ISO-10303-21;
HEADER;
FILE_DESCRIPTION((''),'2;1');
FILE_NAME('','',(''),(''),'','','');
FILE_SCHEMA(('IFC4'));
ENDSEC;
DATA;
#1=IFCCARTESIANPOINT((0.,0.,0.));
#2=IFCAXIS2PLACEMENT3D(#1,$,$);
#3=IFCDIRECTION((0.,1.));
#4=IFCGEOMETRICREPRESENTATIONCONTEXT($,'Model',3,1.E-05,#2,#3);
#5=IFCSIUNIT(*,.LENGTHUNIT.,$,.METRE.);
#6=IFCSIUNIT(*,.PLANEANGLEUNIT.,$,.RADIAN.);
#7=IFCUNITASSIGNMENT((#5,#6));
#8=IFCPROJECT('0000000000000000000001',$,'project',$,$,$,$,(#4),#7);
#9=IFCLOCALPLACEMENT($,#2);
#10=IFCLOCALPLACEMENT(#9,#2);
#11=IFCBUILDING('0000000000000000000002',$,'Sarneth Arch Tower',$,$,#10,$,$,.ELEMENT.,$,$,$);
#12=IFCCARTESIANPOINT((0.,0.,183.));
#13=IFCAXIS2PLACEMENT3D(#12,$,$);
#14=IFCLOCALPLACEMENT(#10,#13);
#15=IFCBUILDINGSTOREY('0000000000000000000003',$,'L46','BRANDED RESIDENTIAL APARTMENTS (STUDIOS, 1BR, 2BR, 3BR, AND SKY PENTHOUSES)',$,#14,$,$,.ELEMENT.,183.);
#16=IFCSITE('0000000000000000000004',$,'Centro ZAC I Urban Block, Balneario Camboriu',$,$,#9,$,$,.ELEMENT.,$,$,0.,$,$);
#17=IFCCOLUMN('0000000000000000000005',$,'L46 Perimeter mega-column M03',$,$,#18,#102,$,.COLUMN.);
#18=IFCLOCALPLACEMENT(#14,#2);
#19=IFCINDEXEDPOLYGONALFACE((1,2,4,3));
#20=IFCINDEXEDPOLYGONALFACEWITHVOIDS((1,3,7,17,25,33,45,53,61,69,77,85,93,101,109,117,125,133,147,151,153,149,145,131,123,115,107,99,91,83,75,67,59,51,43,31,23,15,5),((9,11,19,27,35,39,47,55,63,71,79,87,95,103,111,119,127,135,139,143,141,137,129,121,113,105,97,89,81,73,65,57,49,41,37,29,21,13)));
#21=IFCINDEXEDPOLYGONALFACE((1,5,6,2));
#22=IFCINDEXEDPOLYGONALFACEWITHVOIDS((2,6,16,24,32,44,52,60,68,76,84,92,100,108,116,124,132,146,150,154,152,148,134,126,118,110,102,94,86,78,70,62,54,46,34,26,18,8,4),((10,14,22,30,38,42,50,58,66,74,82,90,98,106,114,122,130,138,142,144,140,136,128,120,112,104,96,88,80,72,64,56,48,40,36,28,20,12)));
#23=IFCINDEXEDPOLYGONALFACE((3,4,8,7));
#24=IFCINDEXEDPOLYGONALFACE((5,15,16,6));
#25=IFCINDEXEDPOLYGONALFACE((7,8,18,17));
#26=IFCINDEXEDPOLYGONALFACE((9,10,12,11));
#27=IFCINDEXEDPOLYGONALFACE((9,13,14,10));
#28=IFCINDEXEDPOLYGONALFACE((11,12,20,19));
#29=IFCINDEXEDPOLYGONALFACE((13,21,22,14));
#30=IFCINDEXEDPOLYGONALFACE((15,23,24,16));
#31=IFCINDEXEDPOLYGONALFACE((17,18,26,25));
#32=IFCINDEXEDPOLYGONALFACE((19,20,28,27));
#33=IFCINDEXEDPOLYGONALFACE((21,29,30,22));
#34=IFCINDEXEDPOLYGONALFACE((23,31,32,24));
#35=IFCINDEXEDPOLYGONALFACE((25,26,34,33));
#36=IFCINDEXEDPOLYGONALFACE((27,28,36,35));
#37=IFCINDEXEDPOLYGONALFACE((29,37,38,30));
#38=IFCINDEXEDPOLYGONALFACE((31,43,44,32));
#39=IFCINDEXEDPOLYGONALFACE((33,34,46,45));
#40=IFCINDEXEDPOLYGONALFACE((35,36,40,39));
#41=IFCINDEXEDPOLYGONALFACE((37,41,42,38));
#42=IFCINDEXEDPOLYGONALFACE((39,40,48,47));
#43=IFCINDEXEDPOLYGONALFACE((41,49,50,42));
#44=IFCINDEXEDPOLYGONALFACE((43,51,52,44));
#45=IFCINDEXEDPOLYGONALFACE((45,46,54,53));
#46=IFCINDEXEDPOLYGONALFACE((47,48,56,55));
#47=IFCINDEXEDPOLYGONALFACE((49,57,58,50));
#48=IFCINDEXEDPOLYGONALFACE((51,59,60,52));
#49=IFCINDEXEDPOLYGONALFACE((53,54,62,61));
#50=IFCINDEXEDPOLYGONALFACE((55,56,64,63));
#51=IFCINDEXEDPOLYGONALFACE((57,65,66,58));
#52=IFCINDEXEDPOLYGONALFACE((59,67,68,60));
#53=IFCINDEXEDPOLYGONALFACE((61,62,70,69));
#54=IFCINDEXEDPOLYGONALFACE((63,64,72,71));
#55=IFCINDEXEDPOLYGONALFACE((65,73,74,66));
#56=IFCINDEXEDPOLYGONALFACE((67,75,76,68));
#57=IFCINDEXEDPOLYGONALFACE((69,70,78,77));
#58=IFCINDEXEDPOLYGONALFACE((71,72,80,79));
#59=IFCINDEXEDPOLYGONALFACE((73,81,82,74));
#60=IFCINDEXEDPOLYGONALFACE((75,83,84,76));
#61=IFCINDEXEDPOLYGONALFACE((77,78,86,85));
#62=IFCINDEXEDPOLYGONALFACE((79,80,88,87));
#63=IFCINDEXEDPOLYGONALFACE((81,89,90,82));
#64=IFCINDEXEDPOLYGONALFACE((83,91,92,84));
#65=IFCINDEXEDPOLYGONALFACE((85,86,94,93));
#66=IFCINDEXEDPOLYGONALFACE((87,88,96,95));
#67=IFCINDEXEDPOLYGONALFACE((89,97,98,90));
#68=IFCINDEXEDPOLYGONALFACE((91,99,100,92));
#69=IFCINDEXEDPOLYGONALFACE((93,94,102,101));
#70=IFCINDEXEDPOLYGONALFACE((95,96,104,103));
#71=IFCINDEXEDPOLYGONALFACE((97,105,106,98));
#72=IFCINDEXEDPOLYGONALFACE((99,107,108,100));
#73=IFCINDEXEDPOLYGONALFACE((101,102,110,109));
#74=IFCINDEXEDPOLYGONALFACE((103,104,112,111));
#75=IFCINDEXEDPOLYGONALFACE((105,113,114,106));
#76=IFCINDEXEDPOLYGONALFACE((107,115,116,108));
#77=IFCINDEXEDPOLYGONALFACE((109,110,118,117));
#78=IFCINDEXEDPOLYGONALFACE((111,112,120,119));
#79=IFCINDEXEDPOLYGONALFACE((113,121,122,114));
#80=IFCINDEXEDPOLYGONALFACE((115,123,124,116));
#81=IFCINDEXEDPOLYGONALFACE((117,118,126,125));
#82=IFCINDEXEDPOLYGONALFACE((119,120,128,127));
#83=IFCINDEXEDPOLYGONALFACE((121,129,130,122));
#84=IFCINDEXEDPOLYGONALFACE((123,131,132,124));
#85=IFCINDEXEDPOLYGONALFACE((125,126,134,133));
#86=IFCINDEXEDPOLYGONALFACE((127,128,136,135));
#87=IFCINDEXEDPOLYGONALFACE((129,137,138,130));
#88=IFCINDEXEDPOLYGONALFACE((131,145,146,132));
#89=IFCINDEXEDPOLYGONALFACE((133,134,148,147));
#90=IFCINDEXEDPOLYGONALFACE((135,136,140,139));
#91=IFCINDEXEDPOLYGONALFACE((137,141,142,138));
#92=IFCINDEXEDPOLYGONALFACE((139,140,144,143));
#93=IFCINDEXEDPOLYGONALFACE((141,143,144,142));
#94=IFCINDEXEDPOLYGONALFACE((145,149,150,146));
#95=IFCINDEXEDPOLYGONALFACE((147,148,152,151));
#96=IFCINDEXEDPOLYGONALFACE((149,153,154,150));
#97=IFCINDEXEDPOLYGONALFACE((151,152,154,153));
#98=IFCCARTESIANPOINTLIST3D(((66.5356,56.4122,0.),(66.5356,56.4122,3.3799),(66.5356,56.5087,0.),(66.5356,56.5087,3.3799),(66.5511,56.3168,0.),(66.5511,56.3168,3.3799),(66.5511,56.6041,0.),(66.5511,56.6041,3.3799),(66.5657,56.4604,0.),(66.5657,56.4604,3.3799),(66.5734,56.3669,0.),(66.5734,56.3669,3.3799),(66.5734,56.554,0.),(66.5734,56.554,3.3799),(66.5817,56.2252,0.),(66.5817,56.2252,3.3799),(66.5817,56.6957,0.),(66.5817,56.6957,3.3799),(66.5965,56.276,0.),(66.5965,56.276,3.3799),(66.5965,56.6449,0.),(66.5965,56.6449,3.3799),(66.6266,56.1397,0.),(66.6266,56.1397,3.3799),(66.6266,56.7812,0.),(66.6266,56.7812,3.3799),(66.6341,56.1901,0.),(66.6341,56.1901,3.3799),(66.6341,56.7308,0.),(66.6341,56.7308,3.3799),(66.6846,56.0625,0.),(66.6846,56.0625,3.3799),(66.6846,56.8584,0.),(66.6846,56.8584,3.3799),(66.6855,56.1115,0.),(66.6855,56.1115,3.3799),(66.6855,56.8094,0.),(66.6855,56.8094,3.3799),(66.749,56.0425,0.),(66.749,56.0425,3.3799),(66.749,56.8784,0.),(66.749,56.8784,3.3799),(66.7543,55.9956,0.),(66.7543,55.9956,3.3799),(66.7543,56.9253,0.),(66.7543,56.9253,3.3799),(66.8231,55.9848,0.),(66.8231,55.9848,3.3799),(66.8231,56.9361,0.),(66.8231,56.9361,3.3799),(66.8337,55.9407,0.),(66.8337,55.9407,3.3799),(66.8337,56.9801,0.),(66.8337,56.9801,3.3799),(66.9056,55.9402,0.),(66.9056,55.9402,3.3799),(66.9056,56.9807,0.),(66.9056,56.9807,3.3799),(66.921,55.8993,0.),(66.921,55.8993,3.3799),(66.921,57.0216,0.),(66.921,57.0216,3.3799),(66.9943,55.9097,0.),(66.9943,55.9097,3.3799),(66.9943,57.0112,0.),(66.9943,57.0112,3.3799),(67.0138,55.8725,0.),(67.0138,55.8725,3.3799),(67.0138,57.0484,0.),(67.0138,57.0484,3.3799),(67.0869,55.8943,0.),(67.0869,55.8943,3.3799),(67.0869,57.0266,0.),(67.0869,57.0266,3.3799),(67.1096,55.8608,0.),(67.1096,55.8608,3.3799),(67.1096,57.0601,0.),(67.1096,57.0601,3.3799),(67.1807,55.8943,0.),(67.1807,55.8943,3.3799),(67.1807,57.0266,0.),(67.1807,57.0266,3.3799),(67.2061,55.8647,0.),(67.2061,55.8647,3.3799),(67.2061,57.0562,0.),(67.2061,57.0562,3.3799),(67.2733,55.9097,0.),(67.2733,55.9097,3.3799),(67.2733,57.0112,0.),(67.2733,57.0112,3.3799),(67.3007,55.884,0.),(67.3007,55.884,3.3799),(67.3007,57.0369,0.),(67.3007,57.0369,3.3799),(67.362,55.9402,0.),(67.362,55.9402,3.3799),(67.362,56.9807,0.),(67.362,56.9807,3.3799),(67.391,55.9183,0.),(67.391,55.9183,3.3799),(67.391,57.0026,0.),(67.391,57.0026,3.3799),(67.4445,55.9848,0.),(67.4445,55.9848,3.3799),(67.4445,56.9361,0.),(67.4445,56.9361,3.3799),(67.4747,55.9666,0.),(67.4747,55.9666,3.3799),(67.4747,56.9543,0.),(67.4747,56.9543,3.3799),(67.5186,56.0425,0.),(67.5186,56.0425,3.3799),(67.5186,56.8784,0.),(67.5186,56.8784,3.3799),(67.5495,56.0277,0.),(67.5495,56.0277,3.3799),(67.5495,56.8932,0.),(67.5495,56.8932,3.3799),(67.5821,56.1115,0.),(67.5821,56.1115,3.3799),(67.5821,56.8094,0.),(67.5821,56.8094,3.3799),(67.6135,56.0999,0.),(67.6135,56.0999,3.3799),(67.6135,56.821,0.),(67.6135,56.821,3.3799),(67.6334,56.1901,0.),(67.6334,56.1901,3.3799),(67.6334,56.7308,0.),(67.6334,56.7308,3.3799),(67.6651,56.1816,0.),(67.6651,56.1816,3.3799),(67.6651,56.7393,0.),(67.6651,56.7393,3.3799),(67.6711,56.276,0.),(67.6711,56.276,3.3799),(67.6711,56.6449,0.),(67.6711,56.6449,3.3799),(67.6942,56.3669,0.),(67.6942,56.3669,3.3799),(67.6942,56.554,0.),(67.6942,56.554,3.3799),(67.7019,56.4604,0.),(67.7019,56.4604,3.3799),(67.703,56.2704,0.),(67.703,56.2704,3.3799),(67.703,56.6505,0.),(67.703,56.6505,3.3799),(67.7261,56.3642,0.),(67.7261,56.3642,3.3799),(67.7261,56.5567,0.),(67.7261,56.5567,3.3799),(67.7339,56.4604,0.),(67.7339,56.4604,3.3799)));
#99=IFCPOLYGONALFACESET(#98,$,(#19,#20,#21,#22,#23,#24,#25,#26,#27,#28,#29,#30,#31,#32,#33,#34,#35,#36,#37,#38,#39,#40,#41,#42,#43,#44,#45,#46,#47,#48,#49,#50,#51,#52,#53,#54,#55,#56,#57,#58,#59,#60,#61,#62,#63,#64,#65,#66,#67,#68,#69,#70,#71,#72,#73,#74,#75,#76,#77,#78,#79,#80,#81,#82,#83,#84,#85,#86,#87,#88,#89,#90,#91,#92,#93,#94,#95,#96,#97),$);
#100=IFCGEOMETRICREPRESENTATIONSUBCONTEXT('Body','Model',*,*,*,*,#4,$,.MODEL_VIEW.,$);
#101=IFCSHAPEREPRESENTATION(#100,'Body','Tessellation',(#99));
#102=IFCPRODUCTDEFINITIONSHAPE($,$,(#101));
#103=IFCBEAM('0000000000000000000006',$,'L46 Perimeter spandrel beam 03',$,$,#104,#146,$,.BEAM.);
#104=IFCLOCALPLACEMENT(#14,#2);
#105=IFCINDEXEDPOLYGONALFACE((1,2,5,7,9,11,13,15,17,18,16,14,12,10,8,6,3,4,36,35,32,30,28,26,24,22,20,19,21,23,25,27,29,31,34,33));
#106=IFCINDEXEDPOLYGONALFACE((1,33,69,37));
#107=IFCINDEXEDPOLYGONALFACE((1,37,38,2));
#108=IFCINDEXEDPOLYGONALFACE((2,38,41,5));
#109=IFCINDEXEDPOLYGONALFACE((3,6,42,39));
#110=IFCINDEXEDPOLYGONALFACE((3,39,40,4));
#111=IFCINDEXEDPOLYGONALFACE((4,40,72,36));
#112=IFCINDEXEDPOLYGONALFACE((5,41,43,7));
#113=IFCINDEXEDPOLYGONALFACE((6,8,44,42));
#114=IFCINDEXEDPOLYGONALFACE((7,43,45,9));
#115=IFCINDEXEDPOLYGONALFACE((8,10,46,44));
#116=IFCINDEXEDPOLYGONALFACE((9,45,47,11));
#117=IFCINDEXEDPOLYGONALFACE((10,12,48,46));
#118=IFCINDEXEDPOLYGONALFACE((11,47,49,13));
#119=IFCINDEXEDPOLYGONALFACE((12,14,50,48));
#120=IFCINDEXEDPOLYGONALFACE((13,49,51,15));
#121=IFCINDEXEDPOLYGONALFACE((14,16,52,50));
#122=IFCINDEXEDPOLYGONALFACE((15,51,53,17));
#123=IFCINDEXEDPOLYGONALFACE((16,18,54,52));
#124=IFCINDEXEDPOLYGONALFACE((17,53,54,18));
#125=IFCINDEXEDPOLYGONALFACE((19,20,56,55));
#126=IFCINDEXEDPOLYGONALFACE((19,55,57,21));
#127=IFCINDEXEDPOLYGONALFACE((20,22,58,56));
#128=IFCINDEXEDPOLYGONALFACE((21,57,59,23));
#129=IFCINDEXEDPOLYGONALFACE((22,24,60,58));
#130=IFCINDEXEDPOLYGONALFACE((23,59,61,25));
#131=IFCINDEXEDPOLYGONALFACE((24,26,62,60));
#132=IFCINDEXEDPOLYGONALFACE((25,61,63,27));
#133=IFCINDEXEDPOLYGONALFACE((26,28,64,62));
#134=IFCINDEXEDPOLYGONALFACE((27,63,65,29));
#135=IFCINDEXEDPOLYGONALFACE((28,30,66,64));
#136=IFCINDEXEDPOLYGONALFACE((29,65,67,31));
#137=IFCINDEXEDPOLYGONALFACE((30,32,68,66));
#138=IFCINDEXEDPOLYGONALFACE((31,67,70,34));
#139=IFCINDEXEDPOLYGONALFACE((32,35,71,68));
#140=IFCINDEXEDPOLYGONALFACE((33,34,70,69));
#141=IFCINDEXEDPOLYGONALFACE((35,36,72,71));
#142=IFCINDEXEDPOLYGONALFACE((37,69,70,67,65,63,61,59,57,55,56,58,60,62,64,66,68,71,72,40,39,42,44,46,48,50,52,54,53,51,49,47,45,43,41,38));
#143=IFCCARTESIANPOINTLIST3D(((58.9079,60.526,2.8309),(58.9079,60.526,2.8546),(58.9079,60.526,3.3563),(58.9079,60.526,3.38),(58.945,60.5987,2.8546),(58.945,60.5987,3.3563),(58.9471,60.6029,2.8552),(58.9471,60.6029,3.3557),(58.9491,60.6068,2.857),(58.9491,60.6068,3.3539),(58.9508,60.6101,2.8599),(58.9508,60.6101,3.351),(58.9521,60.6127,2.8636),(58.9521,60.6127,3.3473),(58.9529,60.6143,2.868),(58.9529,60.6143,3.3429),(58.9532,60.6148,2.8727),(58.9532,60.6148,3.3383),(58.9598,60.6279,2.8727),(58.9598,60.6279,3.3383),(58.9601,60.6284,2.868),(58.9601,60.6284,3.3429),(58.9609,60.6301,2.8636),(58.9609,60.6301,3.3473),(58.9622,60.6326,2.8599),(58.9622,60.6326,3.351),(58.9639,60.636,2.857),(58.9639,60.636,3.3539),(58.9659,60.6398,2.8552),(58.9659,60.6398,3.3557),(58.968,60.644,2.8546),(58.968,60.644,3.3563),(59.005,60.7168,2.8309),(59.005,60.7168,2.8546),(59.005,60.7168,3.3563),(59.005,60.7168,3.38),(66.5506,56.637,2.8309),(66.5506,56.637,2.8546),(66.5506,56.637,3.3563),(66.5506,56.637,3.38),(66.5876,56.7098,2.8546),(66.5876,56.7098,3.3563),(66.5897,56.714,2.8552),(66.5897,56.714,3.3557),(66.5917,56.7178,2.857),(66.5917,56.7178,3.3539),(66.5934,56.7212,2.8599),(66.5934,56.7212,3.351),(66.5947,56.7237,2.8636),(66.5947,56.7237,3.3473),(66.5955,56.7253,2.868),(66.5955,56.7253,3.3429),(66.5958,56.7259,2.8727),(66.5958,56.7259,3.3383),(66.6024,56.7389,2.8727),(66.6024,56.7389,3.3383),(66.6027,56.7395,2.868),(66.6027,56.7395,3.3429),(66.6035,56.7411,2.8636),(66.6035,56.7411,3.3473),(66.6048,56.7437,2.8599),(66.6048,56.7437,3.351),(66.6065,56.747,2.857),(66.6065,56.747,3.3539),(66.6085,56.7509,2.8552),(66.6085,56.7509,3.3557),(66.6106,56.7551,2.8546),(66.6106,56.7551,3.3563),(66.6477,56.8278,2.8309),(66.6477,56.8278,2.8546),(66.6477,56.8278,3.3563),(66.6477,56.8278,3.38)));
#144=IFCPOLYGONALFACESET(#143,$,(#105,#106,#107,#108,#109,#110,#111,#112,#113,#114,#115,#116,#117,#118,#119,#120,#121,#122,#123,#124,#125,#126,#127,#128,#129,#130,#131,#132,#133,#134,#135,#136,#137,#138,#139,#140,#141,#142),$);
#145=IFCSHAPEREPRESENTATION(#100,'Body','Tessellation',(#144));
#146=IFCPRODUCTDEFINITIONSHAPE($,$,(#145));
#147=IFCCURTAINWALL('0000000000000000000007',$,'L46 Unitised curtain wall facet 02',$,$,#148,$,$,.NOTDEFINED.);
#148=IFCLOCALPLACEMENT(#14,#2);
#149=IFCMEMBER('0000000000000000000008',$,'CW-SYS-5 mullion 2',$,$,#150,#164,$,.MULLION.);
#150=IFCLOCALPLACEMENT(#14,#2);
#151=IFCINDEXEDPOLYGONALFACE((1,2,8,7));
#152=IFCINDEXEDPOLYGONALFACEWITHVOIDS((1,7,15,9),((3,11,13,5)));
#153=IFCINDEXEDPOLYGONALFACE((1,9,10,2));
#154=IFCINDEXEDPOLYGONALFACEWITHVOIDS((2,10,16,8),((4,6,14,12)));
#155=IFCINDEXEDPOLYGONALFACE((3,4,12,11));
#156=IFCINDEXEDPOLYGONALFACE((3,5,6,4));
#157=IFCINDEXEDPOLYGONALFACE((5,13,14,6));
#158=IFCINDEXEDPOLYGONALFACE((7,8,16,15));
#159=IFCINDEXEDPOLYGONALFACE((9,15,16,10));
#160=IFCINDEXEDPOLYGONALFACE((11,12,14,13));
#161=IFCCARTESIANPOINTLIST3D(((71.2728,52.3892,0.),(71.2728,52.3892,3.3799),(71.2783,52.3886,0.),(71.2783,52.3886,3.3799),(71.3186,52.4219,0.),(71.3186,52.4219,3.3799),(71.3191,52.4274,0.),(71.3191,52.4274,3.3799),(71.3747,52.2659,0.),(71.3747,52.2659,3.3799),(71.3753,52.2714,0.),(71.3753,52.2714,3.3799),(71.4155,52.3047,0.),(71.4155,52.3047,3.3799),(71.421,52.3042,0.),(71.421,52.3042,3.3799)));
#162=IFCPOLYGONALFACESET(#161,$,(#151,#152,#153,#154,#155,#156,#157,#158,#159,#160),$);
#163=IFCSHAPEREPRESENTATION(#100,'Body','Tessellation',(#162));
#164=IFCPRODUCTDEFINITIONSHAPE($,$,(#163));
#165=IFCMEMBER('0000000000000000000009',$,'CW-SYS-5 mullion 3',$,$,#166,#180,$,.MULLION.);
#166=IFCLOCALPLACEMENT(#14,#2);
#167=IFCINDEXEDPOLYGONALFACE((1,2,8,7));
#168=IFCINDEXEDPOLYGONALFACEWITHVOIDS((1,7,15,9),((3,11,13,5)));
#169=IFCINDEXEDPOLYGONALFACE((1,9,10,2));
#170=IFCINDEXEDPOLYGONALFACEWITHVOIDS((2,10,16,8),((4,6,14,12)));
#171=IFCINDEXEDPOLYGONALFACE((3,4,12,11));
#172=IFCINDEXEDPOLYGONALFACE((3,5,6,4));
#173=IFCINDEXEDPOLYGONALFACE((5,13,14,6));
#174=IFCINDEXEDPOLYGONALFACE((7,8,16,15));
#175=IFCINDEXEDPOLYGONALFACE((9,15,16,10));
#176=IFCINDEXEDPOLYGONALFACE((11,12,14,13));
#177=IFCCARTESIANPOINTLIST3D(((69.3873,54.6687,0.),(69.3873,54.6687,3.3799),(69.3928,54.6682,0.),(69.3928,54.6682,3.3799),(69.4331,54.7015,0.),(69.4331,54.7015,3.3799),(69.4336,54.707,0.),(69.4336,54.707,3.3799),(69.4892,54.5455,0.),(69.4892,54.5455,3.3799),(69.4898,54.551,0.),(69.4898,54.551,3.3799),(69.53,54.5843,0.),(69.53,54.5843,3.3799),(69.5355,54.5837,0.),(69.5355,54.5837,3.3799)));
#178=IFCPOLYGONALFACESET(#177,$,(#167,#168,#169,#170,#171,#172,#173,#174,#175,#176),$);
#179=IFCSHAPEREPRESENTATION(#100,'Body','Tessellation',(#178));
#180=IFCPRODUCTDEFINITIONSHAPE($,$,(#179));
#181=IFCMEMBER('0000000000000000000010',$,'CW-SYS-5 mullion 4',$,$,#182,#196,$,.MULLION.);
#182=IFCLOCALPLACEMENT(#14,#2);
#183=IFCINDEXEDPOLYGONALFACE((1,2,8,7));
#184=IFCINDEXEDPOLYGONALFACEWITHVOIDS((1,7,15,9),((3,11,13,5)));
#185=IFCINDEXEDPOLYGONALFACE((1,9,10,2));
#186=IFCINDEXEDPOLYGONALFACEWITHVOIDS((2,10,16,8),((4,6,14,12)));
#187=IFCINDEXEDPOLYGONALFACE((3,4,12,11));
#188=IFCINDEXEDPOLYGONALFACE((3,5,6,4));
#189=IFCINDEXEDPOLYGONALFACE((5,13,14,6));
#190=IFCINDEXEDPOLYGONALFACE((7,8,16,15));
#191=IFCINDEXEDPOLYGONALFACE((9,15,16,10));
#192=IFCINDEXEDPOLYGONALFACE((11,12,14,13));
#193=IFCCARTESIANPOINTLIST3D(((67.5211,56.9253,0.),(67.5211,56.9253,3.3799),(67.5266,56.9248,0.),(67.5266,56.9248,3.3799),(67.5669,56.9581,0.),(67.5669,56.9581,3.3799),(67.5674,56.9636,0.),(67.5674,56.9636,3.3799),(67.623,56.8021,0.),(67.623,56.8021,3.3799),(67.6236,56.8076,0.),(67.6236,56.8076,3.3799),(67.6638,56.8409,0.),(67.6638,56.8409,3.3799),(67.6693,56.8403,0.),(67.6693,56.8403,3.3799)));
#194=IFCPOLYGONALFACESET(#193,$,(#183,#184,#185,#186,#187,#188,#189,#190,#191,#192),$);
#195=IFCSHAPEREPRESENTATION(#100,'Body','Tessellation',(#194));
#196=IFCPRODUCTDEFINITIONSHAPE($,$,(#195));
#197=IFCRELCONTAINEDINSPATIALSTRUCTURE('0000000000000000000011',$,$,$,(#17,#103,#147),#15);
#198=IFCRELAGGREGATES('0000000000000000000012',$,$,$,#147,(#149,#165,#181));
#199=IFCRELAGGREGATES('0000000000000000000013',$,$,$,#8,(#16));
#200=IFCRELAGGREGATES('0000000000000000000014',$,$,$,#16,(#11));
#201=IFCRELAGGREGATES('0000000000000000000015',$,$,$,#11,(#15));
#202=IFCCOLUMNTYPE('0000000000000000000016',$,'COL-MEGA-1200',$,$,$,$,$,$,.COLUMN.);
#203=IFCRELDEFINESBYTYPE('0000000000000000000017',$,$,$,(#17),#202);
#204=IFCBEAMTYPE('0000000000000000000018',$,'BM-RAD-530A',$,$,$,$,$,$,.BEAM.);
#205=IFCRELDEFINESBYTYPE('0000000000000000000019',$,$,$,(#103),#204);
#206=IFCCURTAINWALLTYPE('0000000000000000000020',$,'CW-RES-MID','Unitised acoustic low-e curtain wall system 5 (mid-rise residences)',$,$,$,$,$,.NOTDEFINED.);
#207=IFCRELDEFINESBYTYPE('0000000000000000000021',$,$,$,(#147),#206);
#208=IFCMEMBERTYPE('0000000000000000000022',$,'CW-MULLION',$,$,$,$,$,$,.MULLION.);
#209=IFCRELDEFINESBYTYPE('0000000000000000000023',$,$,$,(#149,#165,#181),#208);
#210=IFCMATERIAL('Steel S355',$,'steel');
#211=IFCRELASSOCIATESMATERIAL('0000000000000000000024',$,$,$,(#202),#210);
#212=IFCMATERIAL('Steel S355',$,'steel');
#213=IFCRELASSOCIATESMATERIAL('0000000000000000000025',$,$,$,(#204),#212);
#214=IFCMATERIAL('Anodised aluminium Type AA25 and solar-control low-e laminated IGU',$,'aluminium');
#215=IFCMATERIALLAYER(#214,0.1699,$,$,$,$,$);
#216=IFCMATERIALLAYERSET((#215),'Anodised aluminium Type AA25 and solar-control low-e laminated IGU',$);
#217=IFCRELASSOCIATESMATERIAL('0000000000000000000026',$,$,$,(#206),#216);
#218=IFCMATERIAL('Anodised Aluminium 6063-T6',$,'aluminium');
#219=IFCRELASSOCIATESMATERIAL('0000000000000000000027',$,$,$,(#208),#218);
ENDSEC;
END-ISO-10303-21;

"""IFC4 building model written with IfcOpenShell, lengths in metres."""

from ifc_helpers import new_model, si_unit, direction, frame, origin, origin_2d, place, context, subcontext, project, spatial, hollow_rectangle, hollow_circle, i_section, extrude, material, layer, layer_set, material_profile, profile_set, type_object, element, aggregate, save


model = new_model("IFC4")

# Units and contexts
model_context = context("Model", 3, precision=1e-05, world=origin(), true_north=direction((0.0, 1.0)))
body_context = subcontext(model_context, "Body", "Model", "MODEL_VIEW")
ifc_project = project(units=[si_unit("LENGTHUNIT", "METRE"), si_unit("PLANEANGLEUNIT", "RADIAN")], contexts=[model_context])

# Site, building, storey
site_placement = place(None, origin())
site = spatial("IfcSite", under=ifc_project, at=site_placement, Name="Centro ZAC I Urban Block, Balneario Camboriu", CompositionType="ELEMENT", RefElevation=0.0)
building_placement = place(site_placement, origin())
building = spatial("IfcBuilding", under=site, at=building_placement, Name="Sarneth Arch Tower", CompositionType="ELEMENT")
storey_placement = place(building_placement, frame((0.0, 0.0, 183.0)))
storey = spatial("IfcBuildingStorey", under=building, at=storey_placement, Name="L46", Description="BRANDED RESIDENTIAL APARTMENTS (STUDIOS, 1BR, 2BR, 3BR, AND SKY PENTHOUSES)", CompositionType="ELEMENT", Elevation=183.0)

# Column
ifc_material_1 = material(Name="Steel S355", Category="steel")
ifc_material_profile_1 = material_profile(ifc_material_1, hollow_circle(Radius=0.6001, WallThickness=0.032, at=origin_2d()), Name="CHS1200x32")
ifc_profile_set_1 = profile_set([ifc_material_profile_1], Name="Steel S355")
column_type = type_object("IfcColumnType", Name="COL-MEGA-1200", PredefinedType="COLUMN", material=ifc_profile_set_1)
column_placement = place(storey_placement, frame((67.1338, 56.4604, 0.0), z_axis=(0.0, 0.0, 1.0), x_axis=(1.0, 0.0, 0.0)))
element("IfcColumn", 1, at=column_placement, inside=storey, type_object=column_type, Name="L46 Perimeter mega-column M03", PredefinedType="COLUMN", context=body_context, shape_type="SweptSolid", body=[
    extrude(hollow_circle(Radius=0.6001, WallThickness=0.032, at=origin_2d()), origin(), (0.0, 0.0, 1.0), 3.3799),
])

# Beam
ifc_material_2 = material(Name="Steel S355", Category="steel")
ifc_material_profile_2 = material_profile(ifc_material_2, i_section(OverallWidth=0.2141, OverallDepth=0.5491, WebThickness=0.0146, FlangeThickness=0.0237, FilletRadius=0.0181, at=origin_2d()), Name="W530x138")
ifc_profile_set_2 = profile_set([ifc_material_profile_2], Name="Steel S355")
beam_type = type_object("IfcBeamType", Name="BM-RAD-530A", PredefinedType="BEAM", material=ifc_profile_set_2)
beam_placement = place(storey_placement, frame((66.5991, 56.7324, 3.1055), z_axis=(-0.89125, 0.453512, 0.0), x_axis=(-0.453512, -0.89125, 0.0)))
element("IfcBeam", 2, at=beam_placement, inside=storey, type_object=beam_type, Name="L46 Perimeter spandrel beam 03", PredefinedType="BEAM", context=body_context, shape_type="SweptSolid", body=[
    extrude(i_section(OverallWidth=0.2141, OverallDepth=0.5491, WebThickness=0.0146, FlangeThickness=0.0237, FilletRadius=0.0181, at=origin_2d()), origin(), (0.0, 0.0, 1.0), 8.5752),
])

# Curtain wall, members
ifc_material_3 = material(Name="Anodised aluminium Type AA25 and solar-control low-e laminated IGU", Category="aluminium")
ifc_layer_1 = layer(ifc_material_3, 0.1699)
ifc_layer_set_1 = layer_set([ifc_layer_1], Name="Anodised aluminium Type AA25 and solar-control low-e laminated IGU")
curtain_wall_type = type_object("IfcCurtainWallType", Name="CW-RES-MID", Description="Unitised acoustic low-e curtain wall system 5 (mid-rise residences)", PredefinedType="NOTDEFINED", material=ifc_layer_set_1)
curtain_wall_placement = place(storey_placement, origin())
curtain_wall = element("IfcCurtainWall", 3, at=curtain_wall_placement, inside=storey, type_object=curtain_wall_type, Name="L46 Unitised curtain wall facet 02", PredefinedType="NOTDEFINED")
ifc_material_4 = material(Name="Anodised Aluminium 6063-T6", Category="aluminium")
ifc_material_profile_3 = material_profile(ifc_material_4, hollow_rectangle(XDim=0.0601, YDim=0.1599, WallThickness=0.0039, at=origin_2d()), Name="AL-MULL-160x60x4")
ifc_profile_set_3 = profile_set([ifc_material_profile_3], Name="Anodised Aluminium 6063-T6")
member_type_1 = type_object("IfcMemberType", Name="CW-MULLION", PredefinedType="MULLION", material=ifc_profile_set_3)
member_1_placement = place(storey_placement, frame((71.3469, 52.3467, 0.0), z_axis=(0.0, 0.0, 1.0), x_axis=(-0.770591, -0.63733, 0.0)))
member_1 = element("IfcMember", 4, at=member_1_placement, type_object=member_type_1, Name="CW-SYS-5 mullion 2", PredefinedType="MULLION", context=body_context, shape_type="SweptSolid", body=[
    extrude(hollow_rectangle(XDim=0.0601, YDim=0.1599, WallThickness=0.0039, at=origin_2d()), origin(), (0.0, 0.0, 1.0), 3.3799),
])
member_2_placement = place(storey_placement, frame((69.4614, 54.6262, 0.0), z_axis=(0.0, 0.0, 1.0), x_axis=(-0.770591, -0.63733, 0.0)))
member_2 = element("IfcMember", 5, at=member_2_placement, type_object=member_type_1, Name="CW-SYS-5 mullion 3", PredefinedType="MULLION", context=body_context, shape_type="SweptSolid", body=[
    extrude(hollow_rectangle(XDim=0.0601, YDim=0.1599, WallThickness=0.0039, at=origin_2d()), origin(), (0.0, 0.0, 1.0), 3.3799),
])
member_3_placement = place(storey_placement, frame((67.5952, 56.8828, 0.0), z_axis=(0.0, 0.0, 1.0), x_axis=(-0.770591, -0.63733, 0.0)))
member_3 = element("IfcMember", 6, at=member_3_placement, type_object=member_type_1, Name="CW-SYS-5 mullion 4", PredefinedType="MULLION", context=body_context, shape_type="SweptSolid", body=[
    extrude(hollow_rectangle(XDim=0.0601, YDim=0.1599, WallThickness=0.0039, at=origin_2d()), origin(), (0.0, 0.0, 1.0), 3.3799),
])

aggregate(curtain_wall, [member_1, member_2, member_3])

save(model, "model.ifc")
